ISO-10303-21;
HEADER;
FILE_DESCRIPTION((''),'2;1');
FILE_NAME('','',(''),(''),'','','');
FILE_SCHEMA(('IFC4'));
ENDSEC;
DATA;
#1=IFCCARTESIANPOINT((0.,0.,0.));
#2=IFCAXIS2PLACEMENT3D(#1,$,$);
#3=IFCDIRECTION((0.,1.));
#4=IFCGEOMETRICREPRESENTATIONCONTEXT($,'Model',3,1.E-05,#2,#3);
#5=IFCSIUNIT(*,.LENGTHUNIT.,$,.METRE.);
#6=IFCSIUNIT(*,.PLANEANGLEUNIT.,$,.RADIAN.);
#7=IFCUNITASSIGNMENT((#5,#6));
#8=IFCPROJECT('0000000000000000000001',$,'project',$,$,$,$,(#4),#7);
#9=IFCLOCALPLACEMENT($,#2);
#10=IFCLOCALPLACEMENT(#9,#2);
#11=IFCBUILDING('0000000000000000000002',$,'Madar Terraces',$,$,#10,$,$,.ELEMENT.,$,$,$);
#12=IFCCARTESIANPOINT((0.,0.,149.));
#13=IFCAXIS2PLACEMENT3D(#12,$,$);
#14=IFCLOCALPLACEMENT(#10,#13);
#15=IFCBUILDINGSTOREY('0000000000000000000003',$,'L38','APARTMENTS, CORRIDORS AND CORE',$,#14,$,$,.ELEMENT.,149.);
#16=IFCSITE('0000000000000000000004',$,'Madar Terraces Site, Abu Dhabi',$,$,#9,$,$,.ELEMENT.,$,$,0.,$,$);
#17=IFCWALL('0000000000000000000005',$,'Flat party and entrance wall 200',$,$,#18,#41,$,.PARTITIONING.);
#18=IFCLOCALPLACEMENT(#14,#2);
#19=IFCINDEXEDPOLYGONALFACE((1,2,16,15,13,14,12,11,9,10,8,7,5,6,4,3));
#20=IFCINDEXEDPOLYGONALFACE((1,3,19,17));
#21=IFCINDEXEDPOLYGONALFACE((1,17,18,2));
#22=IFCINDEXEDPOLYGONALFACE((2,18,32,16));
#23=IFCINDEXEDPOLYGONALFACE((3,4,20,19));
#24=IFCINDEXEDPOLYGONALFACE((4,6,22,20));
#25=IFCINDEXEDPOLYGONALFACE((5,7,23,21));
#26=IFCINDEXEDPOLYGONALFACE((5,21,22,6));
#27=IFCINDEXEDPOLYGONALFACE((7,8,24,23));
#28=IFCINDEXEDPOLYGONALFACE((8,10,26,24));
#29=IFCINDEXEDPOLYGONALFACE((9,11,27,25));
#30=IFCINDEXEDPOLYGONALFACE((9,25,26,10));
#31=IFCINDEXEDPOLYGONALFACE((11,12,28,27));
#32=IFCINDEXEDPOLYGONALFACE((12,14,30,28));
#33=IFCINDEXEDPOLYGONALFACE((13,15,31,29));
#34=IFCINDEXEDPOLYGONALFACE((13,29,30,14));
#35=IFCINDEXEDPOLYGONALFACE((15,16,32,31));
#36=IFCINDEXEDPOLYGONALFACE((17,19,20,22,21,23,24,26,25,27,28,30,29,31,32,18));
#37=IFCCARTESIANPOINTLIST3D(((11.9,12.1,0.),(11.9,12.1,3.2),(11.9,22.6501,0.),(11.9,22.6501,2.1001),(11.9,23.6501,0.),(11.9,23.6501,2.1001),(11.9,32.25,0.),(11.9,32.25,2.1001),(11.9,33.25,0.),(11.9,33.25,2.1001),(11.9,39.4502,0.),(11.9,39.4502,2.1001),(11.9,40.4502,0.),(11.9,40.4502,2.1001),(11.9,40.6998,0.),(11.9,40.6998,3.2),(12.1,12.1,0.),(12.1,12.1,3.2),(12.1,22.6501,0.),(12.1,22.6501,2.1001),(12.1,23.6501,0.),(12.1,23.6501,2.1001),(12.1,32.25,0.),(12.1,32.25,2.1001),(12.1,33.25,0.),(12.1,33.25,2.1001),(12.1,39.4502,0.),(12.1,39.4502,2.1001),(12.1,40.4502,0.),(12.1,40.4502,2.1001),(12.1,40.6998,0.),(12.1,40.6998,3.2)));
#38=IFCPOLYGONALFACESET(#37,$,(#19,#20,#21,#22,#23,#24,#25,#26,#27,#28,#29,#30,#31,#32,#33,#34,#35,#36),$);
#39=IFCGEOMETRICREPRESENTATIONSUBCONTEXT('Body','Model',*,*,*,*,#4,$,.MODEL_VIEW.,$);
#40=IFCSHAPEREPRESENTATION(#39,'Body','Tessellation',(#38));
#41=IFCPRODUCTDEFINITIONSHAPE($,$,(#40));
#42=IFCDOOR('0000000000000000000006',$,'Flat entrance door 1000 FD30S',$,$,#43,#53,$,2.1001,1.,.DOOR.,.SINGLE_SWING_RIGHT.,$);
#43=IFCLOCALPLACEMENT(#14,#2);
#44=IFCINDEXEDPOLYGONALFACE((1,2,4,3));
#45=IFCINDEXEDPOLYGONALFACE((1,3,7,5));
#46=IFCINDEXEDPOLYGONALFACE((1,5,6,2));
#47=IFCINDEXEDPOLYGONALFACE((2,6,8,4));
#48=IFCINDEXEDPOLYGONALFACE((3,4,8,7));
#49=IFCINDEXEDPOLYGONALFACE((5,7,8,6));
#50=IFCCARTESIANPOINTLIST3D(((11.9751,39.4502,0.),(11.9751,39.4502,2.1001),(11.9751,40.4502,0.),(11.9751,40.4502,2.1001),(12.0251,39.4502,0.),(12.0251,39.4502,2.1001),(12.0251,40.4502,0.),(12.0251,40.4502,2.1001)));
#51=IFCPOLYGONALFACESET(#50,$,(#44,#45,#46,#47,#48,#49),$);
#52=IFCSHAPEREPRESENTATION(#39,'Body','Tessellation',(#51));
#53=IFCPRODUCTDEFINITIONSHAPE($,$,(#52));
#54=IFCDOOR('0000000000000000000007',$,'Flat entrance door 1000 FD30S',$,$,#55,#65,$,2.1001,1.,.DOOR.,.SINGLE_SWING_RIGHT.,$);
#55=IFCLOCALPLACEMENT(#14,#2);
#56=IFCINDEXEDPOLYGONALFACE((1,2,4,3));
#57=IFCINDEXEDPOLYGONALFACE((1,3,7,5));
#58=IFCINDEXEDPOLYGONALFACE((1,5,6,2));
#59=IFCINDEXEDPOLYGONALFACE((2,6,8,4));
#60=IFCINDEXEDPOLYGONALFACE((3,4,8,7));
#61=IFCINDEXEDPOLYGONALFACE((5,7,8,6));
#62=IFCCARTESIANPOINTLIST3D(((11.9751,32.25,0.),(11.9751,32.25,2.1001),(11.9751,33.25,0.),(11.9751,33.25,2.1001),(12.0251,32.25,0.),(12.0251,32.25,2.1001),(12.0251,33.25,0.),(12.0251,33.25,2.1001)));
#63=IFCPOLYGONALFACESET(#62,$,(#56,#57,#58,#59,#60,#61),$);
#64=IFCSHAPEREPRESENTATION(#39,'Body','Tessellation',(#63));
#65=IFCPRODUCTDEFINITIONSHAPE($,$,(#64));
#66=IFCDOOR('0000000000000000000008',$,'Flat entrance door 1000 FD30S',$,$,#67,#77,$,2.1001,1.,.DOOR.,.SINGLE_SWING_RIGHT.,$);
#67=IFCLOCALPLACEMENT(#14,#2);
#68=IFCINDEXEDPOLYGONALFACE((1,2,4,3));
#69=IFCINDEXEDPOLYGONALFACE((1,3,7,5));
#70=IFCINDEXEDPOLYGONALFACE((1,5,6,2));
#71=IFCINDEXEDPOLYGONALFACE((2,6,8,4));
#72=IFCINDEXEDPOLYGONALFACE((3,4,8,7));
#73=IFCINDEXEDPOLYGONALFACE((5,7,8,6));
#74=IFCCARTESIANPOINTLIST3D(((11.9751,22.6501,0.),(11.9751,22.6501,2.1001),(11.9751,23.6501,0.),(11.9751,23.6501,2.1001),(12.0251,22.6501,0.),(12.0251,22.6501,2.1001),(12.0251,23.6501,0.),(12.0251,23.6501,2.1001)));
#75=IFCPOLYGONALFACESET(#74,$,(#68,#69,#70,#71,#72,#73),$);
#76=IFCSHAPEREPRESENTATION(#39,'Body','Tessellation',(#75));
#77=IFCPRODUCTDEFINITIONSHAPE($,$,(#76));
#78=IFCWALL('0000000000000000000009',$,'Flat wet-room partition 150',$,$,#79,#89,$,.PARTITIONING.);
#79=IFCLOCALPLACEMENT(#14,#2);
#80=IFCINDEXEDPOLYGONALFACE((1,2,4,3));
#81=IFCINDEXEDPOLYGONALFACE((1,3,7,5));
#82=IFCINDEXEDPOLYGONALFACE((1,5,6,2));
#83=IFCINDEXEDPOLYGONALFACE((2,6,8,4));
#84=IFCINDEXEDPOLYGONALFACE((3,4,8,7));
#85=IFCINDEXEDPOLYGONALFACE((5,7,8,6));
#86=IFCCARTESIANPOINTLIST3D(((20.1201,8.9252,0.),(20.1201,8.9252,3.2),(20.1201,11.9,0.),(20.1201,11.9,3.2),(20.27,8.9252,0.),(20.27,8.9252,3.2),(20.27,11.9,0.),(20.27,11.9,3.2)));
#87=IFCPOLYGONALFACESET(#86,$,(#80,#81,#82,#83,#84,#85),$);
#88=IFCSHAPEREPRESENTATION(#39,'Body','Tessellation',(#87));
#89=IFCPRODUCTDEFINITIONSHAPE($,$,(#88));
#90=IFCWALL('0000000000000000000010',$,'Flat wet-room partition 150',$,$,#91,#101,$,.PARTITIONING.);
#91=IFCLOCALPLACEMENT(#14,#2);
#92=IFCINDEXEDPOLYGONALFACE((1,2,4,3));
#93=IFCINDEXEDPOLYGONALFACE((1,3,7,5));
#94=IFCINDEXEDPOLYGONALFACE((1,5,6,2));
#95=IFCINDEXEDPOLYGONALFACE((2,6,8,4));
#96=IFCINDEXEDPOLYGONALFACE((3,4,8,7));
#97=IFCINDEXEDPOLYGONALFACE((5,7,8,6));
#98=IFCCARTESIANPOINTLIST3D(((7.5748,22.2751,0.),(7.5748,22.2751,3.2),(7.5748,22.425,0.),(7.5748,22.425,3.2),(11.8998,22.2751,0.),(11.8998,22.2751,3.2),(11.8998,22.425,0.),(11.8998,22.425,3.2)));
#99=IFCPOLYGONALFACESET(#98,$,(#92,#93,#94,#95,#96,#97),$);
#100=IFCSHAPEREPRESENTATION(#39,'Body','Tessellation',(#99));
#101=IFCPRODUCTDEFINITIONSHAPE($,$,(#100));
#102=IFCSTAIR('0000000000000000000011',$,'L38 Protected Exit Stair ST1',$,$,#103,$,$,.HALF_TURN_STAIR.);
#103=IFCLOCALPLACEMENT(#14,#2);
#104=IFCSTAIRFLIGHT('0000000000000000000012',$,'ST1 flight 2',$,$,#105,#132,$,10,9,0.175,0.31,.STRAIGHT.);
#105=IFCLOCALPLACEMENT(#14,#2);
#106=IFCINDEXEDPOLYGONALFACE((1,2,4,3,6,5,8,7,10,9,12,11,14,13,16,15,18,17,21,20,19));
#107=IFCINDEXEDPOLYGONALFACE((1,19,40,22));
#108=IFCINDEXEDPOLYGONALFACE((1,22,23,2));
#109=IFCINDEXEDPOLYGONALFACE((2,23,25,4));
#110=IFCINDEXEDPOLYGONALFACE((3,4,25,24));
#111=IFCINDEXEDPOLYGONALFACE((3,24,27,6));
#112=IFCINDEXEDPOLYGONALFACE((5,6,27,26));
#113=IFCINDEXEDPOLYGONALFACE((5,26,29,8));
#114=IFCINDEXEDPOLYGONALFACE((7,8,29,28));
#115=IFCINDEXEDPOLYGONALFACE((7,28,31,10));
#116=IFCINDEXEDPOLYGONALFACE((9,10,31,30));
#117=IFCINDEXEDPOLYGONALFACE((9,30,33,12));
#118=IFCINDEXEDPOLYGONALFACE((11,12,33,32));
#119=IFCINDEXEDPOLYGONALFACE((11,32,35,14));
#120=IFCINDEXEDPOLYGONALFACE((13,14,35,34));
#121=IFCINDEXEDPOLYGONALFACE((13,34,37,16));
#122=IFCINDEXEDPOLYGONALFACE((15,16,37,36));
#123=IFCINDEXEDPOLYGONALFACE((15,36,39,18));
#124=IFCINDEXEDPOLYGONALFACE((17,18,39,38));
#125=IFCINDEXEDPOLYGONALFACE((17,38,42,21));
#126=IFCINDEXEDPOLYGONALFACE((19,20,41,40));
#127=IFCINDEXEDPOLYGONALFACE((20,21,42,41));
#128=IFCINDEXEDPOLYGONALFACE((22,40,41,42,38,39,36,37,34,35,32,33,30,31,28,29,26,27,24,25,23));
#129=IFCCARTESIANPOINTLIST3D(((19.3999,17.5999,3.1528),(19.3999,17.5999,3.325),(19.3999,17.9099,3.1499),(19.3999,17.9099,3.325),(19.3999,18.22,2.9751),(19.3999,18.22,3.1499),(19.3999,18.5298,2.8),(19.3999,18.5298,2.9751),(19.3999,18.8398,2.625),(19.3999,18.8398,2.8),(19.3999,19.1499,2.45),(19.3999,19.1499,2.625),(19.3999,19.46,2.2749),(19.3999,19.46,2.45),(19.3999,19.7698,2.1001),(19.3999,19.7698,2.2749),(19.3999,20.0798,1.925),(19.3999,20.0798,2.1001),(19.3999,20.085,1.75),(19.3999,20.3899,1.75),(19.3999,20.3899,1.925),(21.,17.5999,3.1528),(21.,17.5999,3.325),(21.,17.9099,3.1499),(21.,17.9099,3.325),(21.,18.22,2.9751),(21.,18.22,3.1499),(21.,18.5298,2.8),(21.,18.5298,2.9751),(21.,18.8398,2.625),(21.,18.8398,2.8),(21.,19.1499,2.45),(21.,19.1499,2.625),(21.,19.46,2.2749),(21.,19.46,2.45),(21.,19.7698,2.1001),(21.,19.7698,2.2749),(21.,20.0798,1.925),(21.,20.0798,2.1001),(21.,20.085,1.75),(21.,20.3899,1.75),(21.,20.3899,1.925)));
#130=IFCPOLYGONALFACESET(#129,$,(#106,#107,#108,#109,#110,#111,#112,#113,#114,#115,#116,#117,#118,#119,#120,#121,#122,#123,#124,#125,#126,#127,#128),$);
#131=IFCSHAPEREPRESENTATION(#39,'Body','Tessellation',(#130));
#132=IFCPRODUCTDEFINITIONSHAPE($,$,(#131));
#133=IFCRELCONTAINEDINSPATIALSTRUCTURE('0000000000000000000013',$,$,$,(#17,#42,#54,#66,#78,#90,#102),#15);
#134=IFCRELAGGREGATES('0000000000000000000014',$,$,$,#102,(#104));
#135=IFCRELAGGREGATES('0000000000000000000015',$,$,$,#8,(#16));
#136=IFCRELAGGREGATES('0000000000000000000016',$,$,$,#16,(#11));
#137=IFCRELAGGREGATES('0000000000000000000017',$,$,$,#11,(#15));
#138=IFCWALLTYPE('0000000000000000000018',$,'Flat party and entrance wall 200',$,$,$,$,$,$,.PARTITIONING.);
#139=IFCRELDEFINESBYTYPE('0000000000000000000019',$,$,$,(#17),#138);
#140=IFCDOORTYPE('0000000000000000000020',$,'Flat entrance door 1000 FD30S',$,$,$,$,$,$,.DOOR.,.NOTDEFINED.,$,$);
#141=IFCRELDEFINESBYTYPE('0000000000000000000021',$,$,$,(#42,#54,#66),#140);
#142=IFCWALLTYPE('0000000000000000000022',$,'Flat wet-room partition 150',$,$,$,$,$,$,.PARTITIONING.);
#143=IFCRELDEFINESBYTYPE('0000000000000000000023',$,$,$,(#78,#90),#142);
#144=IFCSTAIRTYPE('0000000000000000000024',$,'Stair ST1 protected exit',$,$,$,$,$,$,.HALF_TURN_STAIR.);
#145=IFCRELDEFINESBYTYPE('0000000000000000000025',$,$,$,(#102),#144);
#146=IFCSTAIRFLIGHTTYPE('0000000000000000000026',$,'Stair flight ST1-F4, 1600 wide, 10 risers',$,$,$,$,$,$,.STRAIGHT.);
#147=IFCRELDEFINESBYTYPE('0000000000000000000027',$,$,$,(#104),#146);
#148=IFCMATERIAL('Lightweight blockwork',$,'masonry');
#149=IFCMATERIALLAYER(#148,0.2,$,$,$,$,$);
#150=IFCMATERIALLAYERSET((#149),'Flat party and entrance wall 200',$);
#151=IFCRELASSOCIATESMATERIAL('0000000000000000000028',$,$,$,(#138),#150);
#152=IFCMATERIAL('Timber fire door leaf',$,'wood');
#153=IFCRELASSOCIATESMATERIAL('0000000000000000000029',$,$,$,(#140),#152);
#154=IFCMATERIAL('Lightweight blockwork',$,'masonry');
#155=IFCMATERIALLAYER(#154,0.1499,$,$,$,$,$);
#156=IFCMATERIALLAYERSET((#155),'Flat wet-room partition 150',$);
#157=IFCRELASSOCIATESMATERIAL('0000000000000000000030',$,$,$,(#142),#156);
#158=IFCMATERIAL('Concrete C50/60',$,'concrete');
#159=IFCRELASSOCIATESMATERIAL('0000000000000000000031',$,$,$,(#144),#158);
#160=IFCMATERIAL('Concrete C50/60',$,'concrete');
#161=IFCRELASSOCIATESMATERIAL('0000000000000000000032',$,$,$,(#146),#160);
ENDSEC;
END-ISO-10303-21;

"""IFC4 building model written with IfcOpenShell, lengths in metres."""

from ifc_helpers import new_model, si_unit, direction, frame, frame_2d, origin, place, context, subcontext, project, spatial, polyline, rectangle, outline, extrude, material, layer, layer_set, type_object, element, fill, aggregate, save


model = new_model("IFC4")

# Units and contexts
model_context = context("Model", 3, precision=1e-05, world=origin(), true_north=direction((0.0, 1.0)))
body_context = subcontext(model_context, "Body", "Model", "MODEL_VIEW")
ifc_project = project(units=[si_unit("LENGTHUNIT", "METRE"), si_unit("PLANEANGLEUNIT", "RADIAN")], contexts=[model_context])

# Site, building, storey
site_placement = place(None, origin())
site = spatial("IfcSite", under=ifc_project, at=site_placement, Name="Madar Terraces Site, Abu Dhabi", CompositionType="ELEMENT", RefElevation=0.0)
building_placement = place(site_placement, origin())
building = spatial("IfcBuilding", under=site, at=building_placement, Name="Madar Terraces", CompositionType="ELEMENT")
storey_placement = place(building_placement, frame((0.0, 0.0, 149.0)))
storey = spatial("IfcBuildingStorey", under=building, at=storey_placement, Name="L38", Description="APARTMENTS, CORRIDORS AND CORE", CompositionType="ELEMENT", Elevation=149.0)

# Wall, openings, doors
ifc_material_1 = material(Name="Lightweight blockwork", Category="masonry")
ifc_layer_1 = layer(ifc_material_1, 0.2)
ifc_layer_set_1 = layer_set([ifc_layer_1], Name="Flat party and entrance wall 200")
wall_type_1 = type_object("IfcWallType", Name="Flat party and entrance wall 200", PredefinedType="PARTITIONING", material=ifc_layer_set_1)
wall_1_placement = place(storey_placement, frame((12.0, 12.1001, 0.0), z_axis=(0.0, 0.0, 1.0), x_axis=(0.0, 1.0, 0.0)))
wall_1 = element("IfcWall", 1, at=wall_1_placement, inside=storey, type_object=wall_type_1, Name="Flat party and entrance wall 200", PredefinedType="PARTITIONING", context=body_context, shape_type="SweptSolid", body=[
    extrude(rectangle(XDim=28.5999, YDim=0.2, at=frame_2d((14.2998, 0.0))), origin(), (0.0, 0.0, 1.0), 3.2),
])
opening_1_placement = place(wall_1_placement, frame((27.3501, 0.0, 0.0)))
opening_1 = element("IfcOpeningElement", 2, at=opening_1_placement, cuts=wall_1, PredefinedType="OPENING", context=body_context, shape_type="SweptSolid", body=[
    extrude(rectangle(XDim=1.0, YDim=2.1001, at=frame_2d((0.5, 1.05))), frame((0.0, 0.1099, 0.0), z_axis=(0.0, -1.0, 0.0), x_axis=(1.0, 0.0, 0.0)), (0.0, 0.0, 1.0), 0.22),
])
opening_2_placement = place(wall_1_placement, frame((20.1499, 0.0, 0.0)))
opening_2 = element("IfcOpeningElement", 3, at=opening_2_placement, cuts=wall_1, PredefinedType="OPENING", context=body_context, shape_type="SweptSolid", body=[
    extrude(rectangle(XDim=1.0, YDim=2.1001, at=frame_2d((0.5, 1.05))), frame((0.0, 0.1099, 0.0), z_axis=(0.0, -1.0, 0.0), x_axis=(1.0, 0.0, 0.0)), (0.0, 0.0, 1.0), 0.22),
])
opening_3_placement = place(wall_1_placement, frame((10.55, 0.0, 0.0)))
opening_3 = element("IfcOpeningElement", 4, at=opening_3_placement, cuts=wall_1, PredefinedType="OPENING", context=body_context, shape_type="SweptSolid", body=[
    extrude(rectangle(XDim=1.0, YDim=2.1001, at=frame_2d((0.5, 1.05))), frame((0.0, 0.1099, 0.0), z_axis=(0.0, -1.0, 0.0), x_axis=(1.0, 0.0, 0.0)), (0.0, 0.0, 1.0), 0.22),
])
ifc_material_2 = material(Name="Timber fire door leaf", Category="wood")
door_type_1 = type_object("IfcDoorType", Name="Flat entrance door 1000 FD30S", OperationType="NOTDEFINED", PredefinedType="DOOR", material=ifc_material_2)
door_1_placement = place(opening_1_placement, origin())
door_1 = element("IfcDoor", 5, at=door_1_placement, inside=storey, type_object=door_type_1, Name="Flat entrance door 1000 FD30S", OperationType="SINGLE_SWING_RIGHT", OverallHeight=2.1001, OverallWidth=1.0, PredefinedType="DOOR", context=body_context, shape_type="SweptSolid", body=[
    extrude(rectangle(XDim=1.0, YDim=2.1001, at=frame_2d((0.5, 1.05))), frame((0.0, 0.0249, 0.0), z_axis=(0.0, -1.0, 0.0), x_axis=(1.0, 0.0, 0.0)), (0.0, 0.0, 1.0), 0.05),
])
fill(opening_1, door_1)
door_2_placement = place(opening_2_placement, origin())
door_2 = element("IfcDoor", 6, at=door_2_placement, inside=storey, type_object=door_type_1, Name="Flat entrance door 1000 FD30S", OperationType="SINGLE_SWING_RIGHT", OverallHeight=2.1001, OverallWidth=1.0, PredefinedType="DOOR", context=body_context, shape_type="SweptSolid", body=[
    extrude(rectangle(XDim=1.0, YDim=2.1001, at=frame_2d((0.5, 1.05))), frame((0.0, 0.0249, 0.0), z_axis=(0.0, -1.0, 0.0), x_axis=(1.0, 0.0, 0.0)), (0.0, 0.0, 1.0), 0.05),
])
fill(opening_2, door_2)
door_3_placement = place(opening_3_placement, origin())
door_3 = element("IfcDoor", 7, at=door_3_placement, inside=storey, type_object=door_type_1, Name="Flat entrance door 1000 FD30S", OperationType="SINGLE_SWING_RIGHT", OverallHeight=2.1001, OverallWidth=1.0, PredefinedType="DOOR", context=body_context, shape_type="SweptSolid", body=[
    extrude(rectangle(XDim=1.0, YDim=2.1001, at=frame_2d((0.5, 1.05))), frame((0.0, 0.0249, 0.0), z_axis=(0.0, -1.0, 0.0), x_axis=(1.0, 0.0, 0.0)), (0.0, 0.0, 1.0), 0.05),
])
fill(opening_3, door_3)

# Walls
ifc_material_3 = material(Name="Lightweight blockwork", Category="masonry")
ifc_layer_2 = layer(ifc_material_3, 0.1499)
ifc_layer_set_2 = layer_set([ifc_layer_2], Name="Flat wet-room partition 150")
wall_type_2 = type_object("IfcWallType", Name="Flat wet-room partition 150", PredefinedType="PARTITIONING", material=ifc_layer_set_2)
wall_2_placement = place(storey_placement, frame((20.1951, 11.8999, 0.0), z_axis=(0.0, 0.0, 1.0), x_axis=(0.0, -1.0, 0.0)))
element("IfcWall", 8, at=wall_2_placement, inside=storey, type_object=wall_type_2, Name="Flat wet-room partition 150", PredefinedType="PARTITIONING", context=body_context, shape_type="SweptSolid", body=[
    extrude(rectangle(XDim=2.9749, YDim=0.1499, at=frame_2d((1.4873, 0.0))), origin(), (0.0, 0.0, 1.0), 3.2),
])
wall_3_placement = place(storey_placement, frame((11.8999, 22.3501, 0.0), z_axis=(0.0, 0.0, 1.0), x_axis=(-1.0, 0.0, 0.0)))
element("IfcWall", 9, at=wall_3_placement, inside=storey, type_object=wall_type_2, Name="Flat wet-room partition 150", PredefinedType="PARTITIONING", context=body_context, shape_type="SweptSolid", body=[
    extrude(rectangle(XDim=4.325, YDim=0.1499, at=frame_2d((2.1626, 0.0))), origin(), (0.0, 0.0, 1.0), 3.2),
])

# Stair, stair flight
ifc_material_4 = material(Name="Concrete C50/60", Category="concrete")
stair_type = type_object("IfcStairType", Name="Stair ST1 protected exit", PredefinedType="HALF_TURN_STAIR", material=ifc_material_4)
stair_placement = place(storey_placement, origin())
stair = element("IfcStair", 10, at=stair_placement, inside=storey, type_object=stair_type, Name="L38 Protected Exit Stair ST1", PredefinedType="HALF_TURN_STAIR")
ifc_material_5 = material(Name="Concrete C50/60", Category="concrete")
stair_flight_type = type_object("IfcStairFlightType", Name="Stair flight ST1-F4, 1600 wide, 10 risers", PredefinedType="STRAIGHT", material=ifc_material_5)
stair_flight_placement = place(storey_placement, frame((20.2, 20.3899, 1.75), z_axis=(0.0, 0.0, 1.0), x_axis=(0.0, -1.0, 0.0)))
stair_flight = element("IfcStairFlight", 11, at=stair_flight_placement, type_object=stair_flight_type, Name="ST1 flight 2", NumberOfRisers=10, NumberOfTreads=9, PredefinedType="STRAIGHT", RiserHeight=0.175, TreadLength=0.31, context=body_context, shape_type="SweptSolid", body=[
    extrude(outline(polyline([(0.0, 0.0), (0.0, 0.175), (0.3101, 0.175), (0.3101, 0.3501), (0.6201, 0.3501), (0.6201, 0.5249), (0.9299, 0.5249), (0.9299, 0.7), (1.24, 0.7), (1.24, 0.875), (1.55, 0.875), (1.55, 1.05), (1.8601, 1.05), (1.8601, 1.2251), (2.1699, 1.2251), (2.1699, 1.3999), (2.48, 1.3999), (2.48, 1.575), (2.79, 1.575), (2.79, 1.75), (2.79, 1.4028), (0.3049, 0.0), (0.0, 0.0)])), frame((0.0, 0.8, 0.0), z_axis=(0.0, -1.0, 0.0), x_axis=(1.0, 0.0, 0.0)), (0.0, 0.0, 1.0), 1.6001),
])
aggregate(stair, [stair_flight])

save(model, "model.ifc")
